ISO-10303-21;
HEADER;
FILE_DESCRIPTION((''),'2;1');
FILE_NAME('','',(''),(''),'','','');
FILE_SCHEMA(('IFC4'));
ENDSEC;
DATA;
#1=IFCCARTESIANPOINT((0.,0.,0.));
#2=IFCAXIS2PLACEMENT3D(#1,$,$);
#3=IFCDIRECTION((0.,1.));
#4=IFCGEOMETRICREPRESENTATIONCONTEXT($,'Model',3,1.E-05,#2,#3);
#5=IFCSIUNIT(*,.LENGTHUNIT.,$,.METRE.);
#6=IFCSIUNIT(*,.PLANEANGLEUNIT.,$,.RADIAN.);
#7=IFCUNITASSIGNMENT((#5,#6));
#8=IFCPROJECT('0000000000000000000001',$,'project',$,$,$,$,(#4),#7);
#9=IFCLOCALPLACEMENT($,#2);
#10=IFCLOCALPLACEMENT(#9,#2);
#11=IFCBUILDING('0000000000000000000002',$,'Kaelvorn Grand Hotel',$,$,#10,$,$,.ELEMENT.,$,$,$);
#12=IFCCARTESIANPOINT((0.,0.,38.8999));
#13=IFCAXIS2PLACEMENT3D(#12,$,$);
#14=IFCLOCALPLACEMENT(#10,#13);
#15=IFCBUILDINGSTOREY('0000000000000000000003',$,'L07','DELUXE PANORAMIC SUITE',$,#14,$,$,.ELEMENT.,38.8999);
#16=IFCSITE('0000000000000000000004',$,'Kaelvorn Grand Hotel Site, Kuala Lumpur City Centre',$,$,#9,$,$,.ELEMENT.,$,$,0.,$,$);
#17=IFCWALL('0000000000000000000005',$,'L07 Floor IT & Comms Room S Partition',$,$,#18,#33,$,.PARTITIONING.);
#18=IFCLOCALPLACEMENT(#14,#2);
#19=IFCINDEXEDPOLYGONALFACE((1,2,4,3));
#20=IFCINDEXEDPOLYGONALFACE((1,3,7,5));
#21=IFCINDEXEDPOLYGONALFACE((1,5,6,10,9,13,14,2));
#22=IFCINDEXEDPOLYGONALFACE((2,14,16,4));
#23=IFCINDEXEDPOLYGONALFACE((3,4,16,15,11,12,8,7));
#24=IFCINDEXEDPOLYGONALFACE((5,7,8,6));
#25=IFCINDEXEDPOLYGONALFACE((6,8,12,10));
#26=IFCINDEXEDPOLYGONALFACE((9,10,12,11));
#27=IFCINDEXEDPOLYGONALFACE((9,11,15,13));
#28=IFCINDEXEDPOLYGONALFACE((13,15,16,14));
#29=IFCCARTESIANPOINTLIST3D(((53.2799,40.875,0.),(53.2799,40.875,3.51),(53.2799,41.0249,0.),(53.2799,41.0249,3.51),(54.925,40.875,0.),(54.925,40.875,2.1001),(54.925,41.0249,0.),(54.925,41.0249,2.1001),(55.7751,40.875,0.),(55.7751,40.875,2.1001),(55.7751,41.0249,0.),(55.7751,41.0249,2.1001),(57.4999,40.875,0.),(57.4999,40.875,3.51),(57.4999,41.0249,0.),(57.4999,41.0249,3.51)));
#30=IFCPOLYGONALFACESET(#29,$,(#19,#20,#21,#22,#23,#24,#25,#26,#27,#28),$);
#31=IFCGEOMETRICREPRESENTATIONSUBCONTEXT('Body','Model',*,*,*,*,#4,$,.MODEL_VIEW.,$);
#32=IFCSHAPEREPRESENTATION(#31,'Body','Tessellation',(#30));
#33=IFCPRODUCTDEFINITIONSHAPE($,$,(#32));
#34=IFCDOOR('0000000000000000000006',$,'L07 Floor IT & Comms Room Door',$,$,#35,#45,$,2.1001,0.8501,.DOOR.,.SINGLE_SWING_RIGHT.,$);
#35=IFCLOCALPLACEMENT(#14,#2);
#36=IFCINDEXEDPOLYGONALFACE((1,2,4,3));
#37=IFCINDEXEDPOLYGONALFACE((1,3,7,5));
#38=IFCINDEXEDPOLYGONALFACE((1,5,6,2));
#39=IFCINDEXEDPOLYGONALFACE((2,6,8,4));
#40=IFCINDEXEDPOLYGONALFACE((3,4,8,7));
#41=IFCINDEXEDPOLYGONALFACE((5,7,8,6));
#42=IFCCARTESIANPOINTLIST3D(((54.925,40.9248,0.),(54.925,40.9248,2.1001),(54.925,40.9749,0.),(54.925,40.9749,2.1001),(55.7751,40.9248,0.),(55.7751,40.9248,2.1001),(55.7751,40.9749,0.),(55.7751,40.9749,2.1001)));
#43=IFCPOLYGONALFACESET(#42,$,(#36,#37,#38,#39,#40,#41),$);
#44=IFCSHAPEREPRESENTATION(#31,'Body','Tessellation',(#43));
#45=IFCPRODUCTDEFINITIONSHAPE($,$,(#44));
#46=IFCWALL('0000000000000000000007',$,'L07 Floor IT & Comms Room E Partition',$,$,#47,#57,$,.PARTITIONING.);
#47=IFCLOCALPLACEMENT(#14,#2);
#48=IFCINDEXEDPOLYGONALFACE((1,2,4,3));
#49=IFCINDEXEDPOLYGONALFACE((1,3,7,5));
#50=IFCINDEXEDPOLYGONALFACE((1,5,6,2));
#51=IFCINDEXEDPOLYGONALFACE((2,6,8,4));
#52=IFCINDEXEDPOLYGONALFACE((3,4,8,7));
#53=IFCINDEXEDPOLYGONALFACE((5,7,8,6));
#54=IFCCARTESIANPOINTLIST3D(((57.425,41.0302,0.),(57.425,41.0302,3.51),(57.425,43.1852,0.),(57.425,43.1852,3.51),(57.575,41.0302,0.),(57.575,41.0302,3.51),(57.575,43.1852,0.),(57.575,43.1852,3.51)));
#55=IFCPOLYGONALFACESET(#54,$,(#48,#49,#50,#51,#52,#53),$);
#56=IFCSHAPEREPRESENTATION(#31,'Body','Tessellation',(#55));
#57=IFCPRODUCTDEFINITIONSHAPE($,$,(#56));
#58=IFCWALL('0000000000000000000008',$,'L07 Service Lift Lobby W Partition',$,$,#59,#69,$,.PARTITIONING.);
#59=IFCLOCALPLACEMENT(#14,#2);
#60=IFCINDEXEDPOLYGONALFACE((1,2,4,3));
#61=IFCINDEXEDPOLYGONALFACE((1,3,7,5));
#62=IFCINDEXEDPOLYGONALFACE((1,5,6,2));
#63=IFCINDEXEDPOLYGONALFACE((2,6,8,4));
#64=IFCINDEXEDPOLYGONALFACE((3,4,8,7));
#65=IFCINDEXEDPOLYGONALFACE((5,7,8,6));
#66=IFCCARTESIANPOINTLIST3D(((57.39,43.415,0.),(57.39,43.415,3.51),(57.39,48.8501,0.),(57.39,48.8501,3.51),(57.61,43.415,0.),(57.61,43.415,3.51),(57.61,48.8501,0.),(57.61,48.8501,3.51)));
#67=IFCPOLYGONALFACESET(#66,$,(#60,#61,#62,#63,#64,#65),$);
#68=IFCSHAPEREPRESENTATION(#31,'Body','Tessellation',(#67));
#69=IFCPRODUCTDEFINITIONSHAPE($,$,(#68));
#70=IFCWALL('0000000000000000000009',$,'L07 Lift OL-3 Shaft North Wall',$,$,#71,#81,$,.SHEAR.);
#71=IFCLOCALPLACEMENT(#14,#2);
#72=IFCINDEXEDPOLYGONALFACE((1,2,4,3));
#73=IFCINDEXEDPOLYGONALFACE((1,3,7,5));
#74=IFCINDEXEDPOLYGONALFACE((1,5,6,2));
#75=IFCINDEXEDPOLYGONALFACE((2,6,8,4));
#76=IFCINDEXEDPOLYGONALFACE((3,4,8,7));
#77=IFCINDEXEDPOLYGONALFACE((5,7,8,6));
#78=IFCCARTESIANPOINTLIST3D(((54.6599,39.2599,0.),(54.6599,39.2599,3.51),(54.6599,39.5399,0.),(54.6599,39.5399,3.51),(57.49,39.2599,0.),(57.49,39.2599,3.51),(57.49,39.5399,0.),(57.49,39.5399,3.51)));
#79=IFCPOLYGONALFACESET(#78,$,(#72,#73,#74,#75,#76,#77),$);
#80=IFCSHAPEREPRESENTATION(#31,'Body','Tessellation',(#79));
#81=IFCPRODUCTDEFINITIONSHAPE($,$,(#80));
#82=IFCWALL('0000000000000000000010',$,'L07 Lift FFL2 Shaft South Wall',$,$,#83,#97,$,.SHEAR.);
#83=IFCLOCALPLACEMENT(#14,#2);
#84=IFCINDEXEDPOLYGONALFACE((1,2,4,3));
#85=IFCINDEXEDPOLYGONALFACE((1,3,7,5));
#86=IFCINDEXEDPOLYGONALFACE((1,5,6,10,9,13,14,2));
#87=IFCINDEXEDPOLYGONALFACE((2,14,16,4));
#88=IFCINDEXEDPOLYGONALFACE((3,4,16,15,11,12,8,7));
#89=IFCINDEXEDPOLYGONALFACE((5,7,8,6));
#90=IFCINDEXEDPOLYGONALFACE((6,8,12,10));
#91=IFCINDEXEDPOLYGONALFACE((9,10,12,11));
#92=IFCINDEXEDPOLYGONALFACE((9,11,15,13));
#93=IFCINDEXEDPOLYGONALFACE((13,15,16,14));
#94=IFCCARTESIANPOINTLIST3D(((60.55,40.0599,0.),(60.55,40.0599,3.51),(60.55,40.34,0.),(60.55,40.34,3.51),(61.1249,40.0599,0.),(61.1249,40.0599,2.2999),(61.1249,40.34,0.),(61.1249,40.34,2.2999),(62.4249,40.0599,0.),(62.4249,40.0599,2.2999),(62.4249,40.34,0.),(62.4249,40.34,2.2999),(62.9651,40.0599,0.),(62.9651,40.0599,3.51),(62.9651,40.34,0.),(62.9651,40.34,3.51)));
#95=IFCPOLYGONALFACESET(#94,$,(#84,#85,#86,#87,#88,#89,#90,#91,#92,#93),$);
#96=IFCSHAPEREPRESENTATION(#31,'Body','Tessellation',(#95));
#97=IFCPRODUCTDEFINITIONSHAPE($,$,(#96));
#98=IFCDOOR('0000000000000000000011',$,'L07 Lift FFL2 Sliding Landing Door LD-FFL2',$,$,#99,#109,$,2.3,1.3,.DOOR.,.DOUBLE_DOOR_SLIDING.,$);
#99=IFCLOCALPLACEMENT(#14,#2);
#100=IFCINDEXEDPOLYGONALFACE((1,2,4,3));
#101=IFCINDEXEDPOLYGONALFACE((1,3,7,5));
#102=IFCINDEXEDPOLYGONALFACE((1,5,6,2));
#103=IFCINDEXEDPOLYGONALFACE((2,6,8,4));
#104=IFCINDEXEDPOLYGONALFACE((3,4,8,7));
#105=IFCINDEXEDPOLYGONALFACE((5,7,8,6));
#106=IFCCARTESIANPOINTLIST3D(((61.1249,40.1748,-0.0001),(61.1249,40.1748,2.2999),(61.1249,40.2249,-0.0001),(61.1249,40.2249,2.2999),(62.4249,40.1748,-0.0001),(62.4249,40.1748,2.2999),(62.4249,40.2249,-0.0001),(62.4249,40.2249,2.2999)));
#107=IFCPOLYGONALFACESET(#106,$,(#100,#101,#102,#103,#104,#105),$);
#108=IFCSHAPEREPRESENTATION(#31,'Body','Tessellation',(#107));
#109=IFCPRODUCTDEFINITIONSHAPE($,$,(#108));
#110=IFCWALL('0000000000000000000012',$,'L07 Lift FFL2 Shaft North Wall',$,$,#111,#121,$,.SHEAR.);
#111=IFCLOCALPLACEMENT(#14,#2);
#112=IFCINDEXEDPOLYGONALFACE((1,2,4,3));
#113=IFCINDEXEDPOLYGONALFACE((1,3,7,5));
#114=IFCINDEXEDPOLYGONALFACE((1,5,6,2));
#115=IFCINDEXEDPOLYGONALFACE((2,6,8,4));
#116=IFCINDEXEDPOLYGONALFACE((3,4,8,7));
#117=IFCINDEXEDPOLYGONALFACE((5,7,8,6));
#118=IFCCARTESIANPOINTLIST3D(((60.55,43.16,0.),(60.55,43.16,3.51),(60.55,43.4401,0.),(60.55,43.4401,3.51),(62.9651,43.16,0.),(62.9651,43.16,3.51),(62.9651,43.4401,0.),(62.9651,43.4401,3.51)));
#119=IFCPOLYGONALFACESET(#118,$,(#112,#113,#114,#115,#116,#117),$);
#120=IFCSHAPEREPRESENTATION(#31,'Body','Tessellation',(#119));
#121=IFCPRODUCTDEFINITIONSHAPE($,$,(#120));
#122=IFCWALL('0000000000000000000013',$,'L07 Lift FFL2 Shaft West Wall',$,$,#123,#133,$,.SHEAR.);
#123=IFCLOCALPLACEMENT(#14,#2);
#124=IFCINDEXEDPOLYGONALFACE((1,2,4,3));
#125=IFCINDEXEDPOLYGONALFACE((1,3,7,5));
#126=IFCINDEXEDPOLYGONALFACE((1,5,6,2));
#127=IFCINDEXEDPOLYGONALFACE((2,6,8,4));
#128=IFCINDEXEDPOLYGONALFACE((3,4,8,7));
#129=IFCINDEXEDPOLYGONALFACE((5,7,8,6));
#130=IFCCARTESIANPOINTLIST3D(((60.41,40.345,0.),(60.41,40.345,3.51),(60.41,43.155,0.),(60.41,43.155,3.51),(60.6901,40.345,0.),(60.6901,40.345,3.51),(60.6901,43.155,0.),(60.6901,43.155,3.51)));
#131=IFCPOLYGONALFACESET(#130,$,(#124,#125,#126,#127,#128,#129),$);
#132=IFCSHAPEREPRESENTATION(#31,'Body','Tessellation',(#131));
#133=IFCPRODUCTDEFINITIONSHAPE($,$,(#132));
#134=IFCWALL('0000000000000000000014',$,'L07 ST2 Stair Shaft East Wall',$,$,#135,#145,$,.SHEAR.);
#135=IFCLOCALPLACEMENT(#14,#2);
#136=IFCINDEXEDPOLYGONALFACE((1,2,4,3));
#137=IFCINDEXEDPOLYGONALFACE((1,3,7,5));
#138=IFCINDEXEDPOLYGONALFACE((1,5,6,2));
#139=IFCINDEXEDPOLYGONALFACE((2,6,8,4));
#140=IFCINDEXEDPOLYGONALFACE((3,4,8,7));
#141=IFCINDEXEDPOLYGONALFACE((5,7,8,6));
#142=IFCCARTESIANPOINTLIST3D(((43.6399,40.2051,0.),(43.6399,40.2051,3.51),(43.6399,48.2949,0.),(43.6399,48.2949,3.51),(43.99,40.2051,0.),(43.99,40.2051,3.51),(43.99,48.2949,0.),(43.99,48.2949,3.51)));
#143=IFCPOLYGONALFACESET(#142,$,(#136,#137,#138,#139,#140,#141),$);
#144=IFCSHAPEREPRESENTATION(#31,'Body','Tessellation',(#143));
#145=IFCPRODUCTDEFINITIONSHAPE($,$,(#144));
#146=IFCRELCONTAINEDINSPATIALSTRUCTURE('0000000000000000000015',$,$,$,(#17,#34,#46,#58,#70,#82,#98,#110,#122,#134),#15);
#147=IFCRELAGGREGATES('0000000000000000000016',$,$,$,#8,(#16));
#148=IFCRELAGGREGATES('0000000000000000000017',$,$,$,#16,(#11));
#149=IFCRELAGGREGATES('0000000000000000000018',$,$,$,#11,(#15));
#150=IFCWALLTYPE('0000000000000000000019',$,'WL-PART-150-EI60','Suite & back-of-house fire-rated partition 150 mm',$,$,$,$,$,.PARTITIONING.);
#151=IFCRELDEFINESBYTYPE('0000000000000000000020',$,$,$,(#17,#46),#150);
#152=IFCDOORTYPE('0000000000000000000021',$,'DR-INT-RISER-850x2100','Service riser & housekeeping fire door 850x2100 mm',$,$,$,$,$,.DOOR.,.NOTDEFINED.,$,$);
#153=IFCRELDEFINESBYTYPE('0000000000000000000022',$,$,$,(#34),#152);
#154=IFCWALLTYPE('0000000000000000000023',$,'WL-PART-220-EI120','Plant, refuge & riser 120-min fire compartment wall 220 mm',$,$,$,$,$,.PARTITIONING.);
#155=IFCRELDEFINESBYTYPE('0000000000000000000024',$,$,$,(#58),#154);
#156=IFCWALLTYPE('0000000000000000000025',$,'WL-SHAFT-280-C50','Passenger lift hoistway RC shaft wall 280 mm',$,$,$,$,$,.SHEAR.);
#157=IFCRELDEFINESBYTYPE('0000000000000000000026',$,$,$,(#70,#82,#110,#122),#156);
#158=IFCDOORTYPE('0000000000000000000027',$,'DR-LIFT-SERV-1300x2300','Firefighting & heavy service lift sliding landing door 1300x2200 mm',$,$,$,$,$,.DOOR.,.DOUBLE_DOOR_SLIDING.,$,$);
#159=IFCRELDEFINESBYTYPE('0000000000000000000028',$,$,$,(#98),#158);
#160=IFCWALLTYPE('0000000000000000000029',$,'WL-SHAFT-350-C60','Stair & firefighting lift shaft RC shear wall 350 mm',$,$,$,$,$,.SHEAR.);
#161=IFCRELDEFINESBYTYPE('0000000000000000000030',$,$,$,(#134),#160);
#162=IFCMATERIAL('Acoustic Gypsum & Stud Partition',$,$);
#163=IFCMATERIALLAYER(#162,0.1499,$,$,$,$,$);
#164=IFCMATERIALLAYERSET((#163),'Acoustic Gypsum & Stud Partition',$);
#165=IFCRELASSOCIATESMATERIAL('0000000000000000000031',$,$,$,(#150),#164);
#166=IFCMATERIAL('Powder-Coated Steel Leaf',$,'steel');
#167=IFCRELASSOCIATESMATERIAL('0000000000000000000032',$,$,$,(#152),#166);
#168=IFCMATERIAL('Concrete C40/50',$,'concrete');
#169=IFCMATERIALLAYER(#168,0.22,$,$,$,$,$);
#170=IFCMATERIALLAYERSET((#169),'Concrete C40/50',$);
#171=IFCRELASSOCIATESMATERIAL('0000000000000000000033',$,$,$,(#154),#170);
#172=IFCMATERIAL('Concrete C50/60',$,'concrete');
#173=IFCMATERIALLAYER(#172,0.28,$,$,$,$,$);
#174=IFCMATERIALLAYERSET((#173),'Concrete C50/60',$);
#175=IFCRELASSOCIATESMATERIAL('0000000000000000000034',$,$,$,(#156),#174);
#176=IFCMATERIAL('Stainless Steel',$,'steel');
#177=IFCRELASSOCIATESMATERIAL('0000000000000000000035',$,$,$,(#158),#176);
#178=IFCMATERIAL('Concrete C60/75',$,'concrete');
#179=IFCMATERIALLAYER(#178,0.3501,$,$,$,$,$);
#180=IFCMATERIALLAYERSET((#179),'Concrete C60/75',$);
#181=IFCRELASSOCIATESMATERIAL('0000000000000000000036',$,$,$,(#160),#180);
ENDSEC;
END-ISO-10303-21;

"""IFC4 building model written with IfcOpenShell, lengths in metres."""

from ifc_helpers import new_model, si_unit, direction, frame, frame_2d, origin, place, context, subcontext, project, spatial, rectangle, extrude, material, layer, layer_set, type_object, element, fill, save


model = new_model("IFC4")

# Units and contexts
model_context = context("Model", 3, precision=1e-05, world=origin(), true_north=direction((0.0, 1.0)))
body_context = subcontext(model_context, "Body", "Model", "MODEL_VIEW")
ifc_project = project(units=[si_unit("LENGTHUNIT", "METRE"), si_unit("PLANEANGLEUNIT", "RADIAN")], contexts=[model_context])

# Site, building, storey
site_placement = place(None, origin())
site = spatial("IfcSite", under=ifc_project, at=site_placement, Name="Kaelvorn Grand Hotel Site, Kuala Lumpur City Centre", CompositionType="ELEMENT", RefElevation=0.0)
building_placement = place(site_placement, origin())
building = spatial("IfcBuilding", under=site, at=building_placement, Name="Kaelvorn Grand Hotel", CompositionType="ELEMENT")
storey_placement = place(building_placement, frame((0.0, 0.0, 38.8999)))
storey = spatial("IfcBuildingStorey", under=building, at=storey_placement, Name="L07", Description="DELUXE PANORAMIC SUITE", CompositionType="ELEMENT", Elevation=38.8999)

# Shared definitions
ifc_material_1 = material(Name="Concrete C60/75", Category="concrete")

# Shared definitions
ifc_material_2 = material(Name="Acoustic Gypsum & Stud Partition")
ifc_layer_1 = layer(ifc_material_2, 0.1499)
ifc_layer_set_1 = layer_set([ifc_layer_1], Name="Acoustic Gypsum & Stud Partition")
wall_type_1 = type_object("IfcWallType", Name="WL-PART-150-EI60", Description="Suite & back-of-house fire-rated partition 150 mm", PredefinedType="PARTITIONING", material=ifc_layer_set_1)
ifc_material_3 = material(Name="Powder-Coated Steel Leaf", Category="steel")
door_type_1 = type_object("IfcDoorType", Name="DR-INT-RISER-850x2100", Description="Service riser & housekeeping fire door 850x2100 mm", OperationType="NOTDEFINED", PredefinedType="DOOR", material=ifc_material_3)

# Wall, opening, door
wall_1_placement = place(storey_placement, frame((53.28, 40.95, 0.0), z_axis=(0.0, 0.0, 1.0), x_axis=(1.0, 0.0, 0.0)))
wall_1 = element("IfcWall", 1, at=wall_1_placement, inside=storey, type_object=wall_type_1, Name="L07 Floor IT & Comms Room S Partition", PredefinedType="PARTITIONING", context=body_context, shape_type="SweptSolid", body=[
    extrude(rectangle(XDim=4.22, YDim=0.1499, at=frame_2d((2.1099, 0.0))), origin(), (0.0, 0.0, 1.0), 3.51),
])
opening_1_placement = place(wall_1_placement, frame((1.645, 0.0, 0.0)))
opening_1 = element("IfcOpeningElement", 2, at=opening_1_placement, cuts=wall_1, PredefinedType="OPENING", context=body_context, shape_type="SweptSolid", body=[
    extrude(rectangle(XDim=0.8501, YDim=2.1001, at=frame_2d((0.425, 1.05))), frame((0.0, 0.085, 0.0), z_axis=(0.0, -1.0, 0.0), x_axis=(1.0, 0.0, 0.0)), (0.0, 0.0, 1.0), 0.1699),
])
door_1_placement = place(opening_1_placement, origin())
door_1 = element("IfcDoor", 3, at=door_1_placement, inside=storey, type_object=door_type_1, Name="L07 Floor IT & Comms Room Door", OperationType="SINGLE_SWING_RIGHT", OverallHeight=2.1001, OverallWidth=0.8501, PredefinedType="DOOR", context=body_context, shape_type="SweptSolid", body=[
    extrude(rectangle(XDim=0.8501, YDim=2.1001, at=frame_2d((0.425, 1.05))), frame((0.0, 0.0249, 0.0), z_axis=(0.0, -1.0, 0.0), x_axis=(1.0, 0.0, 0.0)), (0.0, 0.0, 1.0), 0.05),
])
fill(opening_1, door_1)

# Wall
wall_2_placement = place(storey_placement, frame((57.5, 41.03, 0.0), z_axis=(0.0, 0.0, 1.0), x_axis=(0.0, 1.0, 0.0)))
element("IfcWall", 4, at=wall_2_placement, inside=storey, type_object=wall_type_1, Name="L07 Floor IT & Comms Room E Partition", PredefinedType="PARTITIONING", context=body_context, shape_type="SweptSolid", body=[
    extrude(rectangle(XDim=2.155, YDim=0.1499, at=frame_2d((1.0776, 0.0))), origin(), (0.0, 0.0, 1.0), 3.51),
])

# Shared definitions
ifc_material_4 = material(Name="Concrete C40/50", Category="concrete")
ifc_layer_2 = layer(ifc_material_4, 0.22)
ifc_layer_set_2 = layer_set([ifc_layer_2], Name="Concrete C40/50")
wall_type_2 = type_object("IfcWallType", Name="WL-PART-220-EI120", Description="Plant, refuge & riser 120-min fire compartment wall 220 mm", PredefinedType="PARTITIONING", material=ifc_layer_set_2)

# Walls
wall_3_placement = place(storey_placement, frame((57.5, 43.415, 0.0), z_axis=(0.0, 0.0, 1.0), x_axis=(0.0, 1.0, 0.0)))
element("IfcWall", 5, at=wall_3_placement, inside=storey, type_object=wall_type_2, Name="L07 Service Lift Lobby W Partition", PredefinedType="PARTITIONING", context=body_context, shape_type="SweptSolid", body=[
    extrude(rectangle(XDim=5.4351, YDim=0.22, at=frame_2d((2.7175, 0.0))), origin(), (0.0, 0.0, 1.0), 3.51),
])
ifc_material_5 = material(Name="Concrete C50/60", Category="concrete")
ifc_layer_3 = layer(ifc_material_5, 0.28)
ifc_layer_set_3 = layer_set([ifc_layer_3], Name="Concrete C50/60")
wall_type_3 = type_object("IfcWallType", Name="WL-SHAFT-280-C50", Description="Passenger lift hoistway RC shaft wall 280 mm", PredefinedType="SHEAR", material=ifc_layer_set_3)
wall_4_placement = place(storey_placement, frame((54.6599, 39.3999, 0.0), z_axis=(0.0, 0.0, 1.0), x_axis=(1.0, 0.0, 0.0)))
element("IfcWall", 6, at=wall_4_placement, inside=storey, type_object=wall_type_3, Name="L07 Lift OL-3 Shaft North Wall", PredefinedType="SHEAR", context=body_context, shape_type="SweptSolid", body=[
    extrude(rectangle(XDim=2.8301, YDim=0.28, at=frame_2d((1.415, 0.0))), origin(), (0.0, 0.0, 1.0), 3.51),
])

# Wall, opening, door
wall_5_placement = place(storey_placement, frame((60.55, 40.2, 0.0), z_axis=(0.0, 0.0, 1.0), x_axis=(1.0, 0.0, 0.0)))
wall_5 = element("IfcWall", 7, at=wall_5_placement, inside=storey, type_object=wall_type_3, Name="L07 Lift FFL2 Shaft South Wall", PredefinedType="SHEAR", context=body_context, shape_type="SweptSolid", body=[
    extrude(rectangle(XDim=2.415, YDim=0.28, at=frame_2d((1.2075, 0.0))), origin(), (0.0, 0.0, 1.0), 3.51),
])
opening_2_placement = place(wall_5_placement, frame((0.575, 0.0, 0.0)))
opening_2 = element("IfcOpeningElement", 8, at=opening_2_placement, cuts=wall_5, PredefinedType="OPENING", context=body_context, shape_type="SweptSolid", body=[
    extrude(rectangle(XDim=1.3, YDim=2.3, at=frame_2d((0.6499, 1.1499))), frame((0.0, 0.1499, 0.0), z_axis=(0.0, -1.0, 0.0), x_axis=(1.0, 0.0, 0.0)), (0.0, 0.0, 1.0), 0.3),
])
ifc_material_6 = material(Name="Stainless Steel", Category="steel")
door_type_2 = type_object("IfcDoorType", Name="DR-LIFT-SERV-1300x2300", Description="Firefighting & heavy service lift sliding landing door 1300x2200 mm", OperationType="DOUBLE_DOOR_SLIDING", PredefinedType="DOOR", material=ifc_material_6)
door_2_placement = place(opening_2_placement, origin())
door_2 = element("IfcDoor", 9, at=door_2_placement, inside=storey, type_object=door_type_2, Name="L07 Lift FFL2 Sliding Landing Door LD-FFL2", OperationType="DOUBLE_DOOR_SLIDING", OverallHeight=2.3, OverallWidth=1.3, PredefinedType="DOOR", context=body_context, shape_type="SweptSolid", body=[
    extrude(rectangle(XDim=1.3, YDim=2.3, at=frame_2d((0.6499, 1.1499))), frame((0.0, 0.0249, 0.0), z_axis=(0.0, -1.0, 0.0), x_axis=(1.0, 0.0, 0.0)), (0.0, 0.0, 1.0), 0.05),
])
fill(opening_2, door_2)

# Walls
wall_6_placement = place(storey_placement, frame((60.55, 43.3, 0.0), z_axis=(0.0, 0.0, 1.0), x_axis=(1.0, 0.0, 0.0)))
element("IfcWall", 10, at=wall_6_placement, inside=storey, type_object=wall_type_3, Name="L07 Lift FFL2 Shaft North Wall", PredefinedType="SHEAR", context=body_context, shape_type="SweptSolid", body=[
    extrude(rectangle(XDim=2.415, YDim=0.28, at=frame_2d((1.2075, 0.0))), origin(), (0.0, 0.0, 1.0), 3.51),
])
wall_7_placement = place(storey_placement, frame((60.55, 40.345, 0.0), z_axis=(0.0, 0.0, 1.0), x_axis=(0.0, 1.0, 0.0)))
element("IfcWall", 11, at=wall_7_placement, inside=storey, type_object=wall_type_3, Name="L07 Lift FFL2 Shaft West Wall", PredefinedType="SHEAR", context=body_context, shape_type="SweptSolid", body=[
    extrude(rectangle(XDim=2.8101, YDim=0.28, at=frame_2d((1.405, 0.0))), origin(), (0.0, 0.0, 1.0), 3.51),
])
ifc_layer_4 = layer(ifc_material_1, 0.3501)
ifc_layer_set_4 = layer_set([ifc_layer_4], Name="Concrete C60/75")
wall_type_4 = type_object("IfcWallType", Name="WL-SHAFT-350-C60", Description="Stair & firefighting lift shaft RC shear wall 350 mm", PredefinedType="SHEAR", material=ifc_layer_set_4)
wall_8_placement = place(storey_placement, frame((43.8149, 40.2051, 0.0), z_axis=(0.0, 0.0, 1.0), x_axis=(0.0, 1.0, 0.0)))
element("IfcWall", 12, at=wall_8_placement, inside=storey, type_object=wall_type_4, Name="L07 ST2 Stair Shaft East Wall", PredefinedType="SHEAR", context=body_context, shape_type="SweptSolid", body=[
    extrude(rectangle(XDim=8.0898, YDim=0.3501, at=frame_2d((4.0449, 0.0))), origin(), (0.0, 0.0, 1.0), 3.51),
])

save(model, "model.ifc")
